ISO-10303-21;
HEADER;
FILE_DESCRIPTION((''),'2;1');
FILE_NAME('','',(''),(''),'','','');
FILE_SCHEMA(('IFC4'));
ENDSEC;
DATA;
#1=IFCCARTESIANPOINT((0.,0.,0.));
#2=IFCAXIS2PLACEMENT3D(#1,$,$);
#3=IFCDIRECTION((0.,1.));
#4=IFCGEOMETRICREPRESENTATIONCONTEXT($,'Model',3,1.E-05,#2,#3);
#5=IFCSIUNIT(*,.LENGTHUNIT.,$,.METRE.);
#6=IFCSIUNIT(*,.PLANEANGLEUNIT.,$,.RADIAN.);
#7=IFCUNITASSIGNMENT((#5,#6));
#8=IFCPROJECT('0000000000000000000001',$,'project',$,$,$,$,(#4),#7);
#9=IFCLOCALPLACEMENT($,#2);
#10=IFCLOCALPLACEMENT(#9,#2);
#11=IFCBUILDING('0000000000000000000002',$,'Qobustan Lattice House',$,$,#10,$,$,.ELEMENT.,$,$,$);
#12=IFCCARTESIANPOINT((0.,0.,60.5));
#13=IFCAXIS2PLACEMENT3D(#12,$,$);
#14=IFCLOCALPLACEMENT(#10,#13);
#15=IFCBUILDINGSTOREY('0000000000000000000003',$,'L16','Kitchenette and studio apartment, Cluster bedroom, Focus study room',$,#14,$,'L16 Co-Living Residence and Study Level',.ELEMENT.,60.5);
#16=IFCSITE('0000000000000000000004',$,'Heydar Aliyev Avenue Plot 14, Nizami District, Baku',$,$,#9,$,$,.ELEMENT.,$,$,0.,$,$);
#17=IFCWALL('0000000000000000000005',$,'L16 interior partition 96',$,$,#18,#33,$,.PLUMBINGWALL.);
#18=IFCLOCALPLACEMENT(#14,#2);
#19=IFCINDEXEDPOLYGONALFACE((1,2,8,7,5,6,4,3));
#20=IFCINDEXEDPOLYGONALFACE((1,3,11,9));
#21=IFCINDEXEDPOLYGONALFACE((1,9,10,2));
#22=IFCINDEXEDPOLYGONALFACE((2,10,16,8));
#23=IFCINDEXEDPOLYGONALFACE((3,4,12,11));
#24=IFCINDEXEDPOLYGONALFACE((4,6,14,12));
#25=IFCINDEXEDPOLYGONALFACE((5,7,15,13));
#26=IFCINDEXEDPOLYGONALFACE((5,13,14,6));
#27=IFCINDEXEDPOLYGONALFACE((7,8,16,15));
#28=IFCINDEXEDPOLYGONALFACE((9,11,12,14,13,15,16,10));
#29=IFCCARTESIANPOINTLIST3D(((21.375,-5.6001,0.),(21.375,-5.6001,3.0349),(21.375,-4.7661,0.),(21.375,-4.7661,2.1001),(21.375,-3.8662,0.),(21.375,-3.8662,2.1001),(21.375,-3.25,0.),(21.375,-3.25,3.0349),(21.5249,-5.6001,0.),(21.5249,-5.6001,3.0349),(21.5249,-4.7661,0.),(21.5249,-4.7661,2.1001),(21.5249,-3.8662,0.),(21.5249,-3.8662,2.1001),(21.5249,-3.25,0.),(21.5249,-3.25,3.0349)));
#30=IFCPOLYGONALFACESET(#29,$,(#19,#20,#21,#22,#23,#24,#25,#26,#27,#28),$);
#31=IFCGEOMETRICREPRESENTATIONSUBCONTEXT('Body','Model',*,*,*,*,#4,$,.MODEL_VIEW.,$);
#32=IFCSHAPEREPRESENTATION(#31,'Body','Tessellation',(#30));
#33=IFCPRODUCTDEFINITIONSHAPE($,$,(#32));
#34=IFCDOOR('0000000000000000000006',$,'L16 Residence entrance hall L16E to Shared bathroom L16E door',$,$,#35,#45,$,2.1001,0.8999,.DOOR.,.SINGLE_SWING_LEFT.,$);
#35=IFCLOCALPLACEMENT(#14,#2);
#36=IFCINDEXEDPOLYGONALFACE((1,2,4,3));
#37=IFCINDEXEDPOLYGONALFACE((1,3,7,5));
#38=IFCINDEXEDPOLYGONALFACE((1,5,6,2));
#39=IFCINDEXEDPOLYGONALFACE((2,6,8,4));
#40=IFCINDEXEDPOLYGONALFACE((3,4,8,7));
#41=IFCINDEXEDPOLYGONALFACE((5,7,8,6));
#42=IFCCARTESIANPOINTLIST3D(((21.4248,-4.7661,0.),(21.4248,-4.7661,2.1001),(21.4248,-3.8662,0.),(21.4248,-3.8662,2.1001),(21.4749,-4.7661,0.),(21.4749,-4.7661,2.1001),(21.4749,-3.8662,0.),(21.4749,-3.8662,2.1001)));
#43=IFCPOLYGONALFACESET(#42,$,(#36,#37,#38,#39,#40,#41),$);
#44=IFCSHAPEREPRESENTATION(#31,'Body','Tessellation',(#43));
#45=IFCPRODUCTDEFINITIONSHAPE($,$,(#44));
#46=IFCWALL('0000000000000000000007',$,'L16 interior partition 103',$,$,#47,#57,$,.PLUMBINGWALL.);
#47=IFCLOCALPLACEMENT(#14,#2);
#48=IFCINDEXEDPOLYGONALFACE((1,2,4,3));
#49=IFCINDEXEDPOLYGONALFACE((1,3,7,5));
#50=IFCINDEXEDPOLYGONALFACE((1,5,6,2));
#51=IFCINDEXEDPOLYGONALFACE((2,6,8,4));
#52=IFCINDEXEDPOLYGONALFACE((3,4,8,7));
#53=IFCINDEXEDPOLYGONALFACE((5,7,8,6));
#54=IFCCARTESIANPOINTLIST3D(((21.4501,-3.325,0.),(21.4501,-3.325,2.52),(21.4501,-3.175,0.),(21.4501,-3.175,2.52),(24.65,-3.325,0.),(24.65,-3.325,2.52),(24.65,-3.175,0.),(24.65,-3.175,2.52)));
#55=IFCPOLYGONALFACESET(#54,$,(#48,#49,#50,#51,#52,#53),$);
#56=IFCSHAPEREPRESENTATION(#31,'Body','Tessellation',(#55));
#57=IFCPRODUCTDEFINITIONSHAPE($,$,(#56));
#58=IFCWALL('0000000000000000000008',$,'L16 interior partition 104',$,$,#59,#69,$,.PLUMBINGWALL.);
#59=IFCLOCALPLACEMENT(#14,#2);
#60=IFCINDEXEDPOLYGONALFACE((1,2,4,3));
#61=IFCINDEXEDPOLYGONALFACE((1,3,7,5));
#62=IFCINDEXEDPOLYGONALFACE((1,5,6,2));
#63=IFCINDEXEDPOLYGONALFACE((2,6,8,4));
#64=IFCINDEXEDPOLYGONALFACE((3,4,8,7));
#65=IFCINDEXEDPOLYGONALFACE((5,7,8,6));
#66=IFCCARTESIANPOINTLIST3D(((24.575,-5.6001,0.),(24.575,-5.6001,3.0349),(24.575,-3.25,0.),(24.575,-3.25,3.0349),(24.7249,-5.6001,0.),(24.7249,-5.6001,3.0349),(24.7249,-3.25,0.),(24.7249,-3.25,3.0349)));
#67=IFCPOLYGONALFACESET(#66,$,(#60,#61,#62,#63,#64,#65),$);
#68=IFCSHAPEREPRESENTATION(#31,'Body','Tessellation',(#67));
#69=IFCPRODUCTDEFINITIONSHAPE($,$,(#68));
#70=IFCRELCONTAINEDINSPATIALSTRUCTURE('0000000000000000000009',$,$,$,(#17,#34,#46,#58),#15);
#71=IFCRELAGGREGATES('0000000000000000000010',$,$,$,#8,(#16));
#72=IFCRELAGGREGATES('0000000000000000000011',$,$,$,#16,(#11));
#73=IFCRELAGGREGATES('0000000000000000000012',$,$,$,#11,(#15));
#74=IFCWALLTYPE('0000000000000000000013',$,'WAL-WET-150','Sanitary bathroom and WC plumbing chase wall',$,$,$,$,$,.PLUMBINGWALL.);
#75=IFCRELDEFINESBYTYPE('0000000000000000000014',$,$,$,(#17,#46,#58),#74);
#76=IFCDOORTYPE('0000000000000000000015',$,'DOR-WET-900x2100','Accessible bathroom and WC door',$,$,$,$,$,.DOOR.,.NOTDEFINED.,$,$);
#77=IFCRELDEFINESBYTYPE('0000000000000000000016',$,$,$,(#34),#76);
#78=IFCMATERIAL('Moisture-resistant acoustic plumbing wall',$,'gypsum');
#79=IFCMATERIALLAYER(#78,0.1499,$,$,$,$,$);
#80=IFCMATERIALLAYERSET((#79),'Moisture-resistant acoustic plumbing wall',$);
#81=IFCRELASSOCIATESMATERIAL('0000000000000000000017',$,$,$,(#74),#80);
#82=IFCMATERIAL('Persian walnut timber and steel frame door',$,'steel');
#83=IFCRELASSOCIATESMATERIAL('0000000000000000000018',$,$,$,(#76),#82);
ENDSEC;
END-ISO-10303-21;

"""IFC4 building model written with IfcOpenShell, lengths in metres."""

from ifc_helpers import new_model, si_unit, direction, frame, frame_2d, origin, place, context, subcontext, project, spatial, rectangle, extrude, material, layer, layer_set, type_object, element, fill, save


model = new_model("IFC4")

# Units and contexts
model_context = context("Model", 3, precision=1e-05, world=origin(), true_north=direction((0.0, 1.0)))
body_context = subcontext(model_context, "Body", "Model", "MODEL_VIEW")
ifc_project = project(units=[si_unit("LENGTHUNIT", "METRE"), si_unit("PLANEANGLEUNIT", "RADIAN")], contexts=[model_context])

# Site, building, storey
site_placement = place(None, origin())
site = spatial("IfcSite", under=ifc_project, at=site_placement, Name="Heydar Aliyev Avenue Plot 14, Nizami District, Baku", CompositionType="ELEMENT", RefElevation=0.0)
building_placement = place(site_placement, origin())
building = spatial("IfcBuilding", under=site, at=building_placement, Name="Qobustan Lattice House", CompositionType="ELEMENT")
storey_placement = place(building_placement, frame((0.0, 0.0, 60.5)))
storey = spatial("IfcBuildingStorey", under=building, at=storey_placement, Name="L16", Description="Kitchenette and studio apartment, Cluster bedroom, Focus study room", LongName="L16 Co-Living Residence and Study Level", CompositionType="ELEMENT", Elevation=60.5)

# Shared definitions
ifc_material_1 = material(Name="Moisture-resistant acoustic plumbing wall", Category="gypsum")
ifc_layer_1 = layer(ifc_material_1, 0.1499)
ifc_layer_set_1 = layer_set([ifc_layer_1], Name="Moisture-resistant acoustic plumbing wall")
wall_type_1 = type_object("IfcWallType", Name="WAL-WET-150", Description="Sanitary bathroom and WC plumbing chase wall", PredefinedType="PLUMBINGWALL", material=ifc_layer_set_1)

# Wall, opening, door
wall_1_placement = place(storey_placement, frame((21.45, -3.25, 0.0), z_axis=(0.0, 0.0, 1.0), x_axis=(0.0, -1.0, 0.0)))
wall_1 = element("IfcWall", 1, at=wall_1_placement, inside=storey, type_object=wall_type_1, Name="L16 interior partition 96", PredefinedType="PLUMBINGWALL", context=body_context, shape_type="SweptSolid", body=[
    extrude(rectangle(XDim=2.3501, YDim=0.1499, at=frame_2d((1.175, 0.0))), origin(), (0.0, 0.0, 1.0), 3.0349),
])
opening_1_placement = place(wall_1_placement, frame((0.6162, 0.0, 0.0)))
opening_1 = element("IfcOpeningElement", 2, at=opening_1_placement, cuts=wall_1, PredefinedType="OPENING", context=body_context, shape_type="SweptSolid", body=[
    extrude(rectangle(XDim=0.8999, YDim=2.1001, at=frame_2d((0.45, 1.05))), frame((0.0, 0.085, 0.0), z_axis=(0.0, -1.0, 0.0), x_axis=(1.0, 0.0, 0.0)), (0.0, 0.0, 1.0), 0.1699),
])
ifc_material_2 = material(Name="Persian walnut timber and steel frame door", Category="steel")
door_type_1 = type_object("IfcDoorType", Name="DOR-WET-900x2100", Description="Accessible bathroom and WC door", OperationType="NOTDEFINED", PredefinedType="DOOR", material=ifc_material_2)
door_1_placement = place(opening_1_placement, origin())
door_1 = element("IfcDoor", 3, at=door_1_placement, inside=storey, type_object=door_type_1, Name="L16 Residence entrance hall L16E to Shared bathroom L16E door", OperationType="SINGLE_SWING_LEFT", OverallHeight=2.1001, OverallWidth=0.8999, PredefinedType="DOOR", context=body_context, shape_type="SweptSolid", body=[
    extrude(rectangle(XDim=0.8999, YDim=2.1001, at=frame_2d((0.45, 1.05))), frame((0.0, 0.0249, 0.0), z_axis=(0.0, -1.0, 0.0), x_axis=(1.0, 0.0, 0.0)), (0.0, 0.0, 1.0), 0.05),
])
fill(opening_1, door_1)

# Walls
wall_2_placement = place(storey_placement, frame((21.45, -3.25, 0.0), z_axis=(0.0, 0.0, 1.0), x_axis=(1.0, 0.0, 0.0)))
element("IfcWall", 4, at=wall_2_placement, inside=storey, type_object=wall_type_1, Name="L16 interior partition 103", PredefinedType="PLUMBINGWALL", context=body_context, shape_type="SweptSolid", body=[
    extrude(rectangle(XDim=3.2, YDim=0.1499, at=frame_2d((1.6001, 0.0))), origin(), (0.0, 0.0, 1.0), 2.52),
])
wall_3_placement = place(storey_placement, frame((24.6499, -3.25, 0.0), z_axis=(0.0, 0.0, 1.0), x_axis=(0.0, -1.0, 0.0)))
element("IfcWall", 5, at=wall_3_placement, inside=storey, type_object=wall_type_1, Name="L16 interior partition 104", PredefinedType="PLUMBINGWALL", context=body_context, shape_type="SweptSolid", body=[
    extrude(rectangle(XDim=2.3501, YDim=0.1499, at=frame_2d((1.175, 0.0))), origin(), (0.0, 0.0, 1.0), 3.0349),
])

save(model, "model.ifc")
